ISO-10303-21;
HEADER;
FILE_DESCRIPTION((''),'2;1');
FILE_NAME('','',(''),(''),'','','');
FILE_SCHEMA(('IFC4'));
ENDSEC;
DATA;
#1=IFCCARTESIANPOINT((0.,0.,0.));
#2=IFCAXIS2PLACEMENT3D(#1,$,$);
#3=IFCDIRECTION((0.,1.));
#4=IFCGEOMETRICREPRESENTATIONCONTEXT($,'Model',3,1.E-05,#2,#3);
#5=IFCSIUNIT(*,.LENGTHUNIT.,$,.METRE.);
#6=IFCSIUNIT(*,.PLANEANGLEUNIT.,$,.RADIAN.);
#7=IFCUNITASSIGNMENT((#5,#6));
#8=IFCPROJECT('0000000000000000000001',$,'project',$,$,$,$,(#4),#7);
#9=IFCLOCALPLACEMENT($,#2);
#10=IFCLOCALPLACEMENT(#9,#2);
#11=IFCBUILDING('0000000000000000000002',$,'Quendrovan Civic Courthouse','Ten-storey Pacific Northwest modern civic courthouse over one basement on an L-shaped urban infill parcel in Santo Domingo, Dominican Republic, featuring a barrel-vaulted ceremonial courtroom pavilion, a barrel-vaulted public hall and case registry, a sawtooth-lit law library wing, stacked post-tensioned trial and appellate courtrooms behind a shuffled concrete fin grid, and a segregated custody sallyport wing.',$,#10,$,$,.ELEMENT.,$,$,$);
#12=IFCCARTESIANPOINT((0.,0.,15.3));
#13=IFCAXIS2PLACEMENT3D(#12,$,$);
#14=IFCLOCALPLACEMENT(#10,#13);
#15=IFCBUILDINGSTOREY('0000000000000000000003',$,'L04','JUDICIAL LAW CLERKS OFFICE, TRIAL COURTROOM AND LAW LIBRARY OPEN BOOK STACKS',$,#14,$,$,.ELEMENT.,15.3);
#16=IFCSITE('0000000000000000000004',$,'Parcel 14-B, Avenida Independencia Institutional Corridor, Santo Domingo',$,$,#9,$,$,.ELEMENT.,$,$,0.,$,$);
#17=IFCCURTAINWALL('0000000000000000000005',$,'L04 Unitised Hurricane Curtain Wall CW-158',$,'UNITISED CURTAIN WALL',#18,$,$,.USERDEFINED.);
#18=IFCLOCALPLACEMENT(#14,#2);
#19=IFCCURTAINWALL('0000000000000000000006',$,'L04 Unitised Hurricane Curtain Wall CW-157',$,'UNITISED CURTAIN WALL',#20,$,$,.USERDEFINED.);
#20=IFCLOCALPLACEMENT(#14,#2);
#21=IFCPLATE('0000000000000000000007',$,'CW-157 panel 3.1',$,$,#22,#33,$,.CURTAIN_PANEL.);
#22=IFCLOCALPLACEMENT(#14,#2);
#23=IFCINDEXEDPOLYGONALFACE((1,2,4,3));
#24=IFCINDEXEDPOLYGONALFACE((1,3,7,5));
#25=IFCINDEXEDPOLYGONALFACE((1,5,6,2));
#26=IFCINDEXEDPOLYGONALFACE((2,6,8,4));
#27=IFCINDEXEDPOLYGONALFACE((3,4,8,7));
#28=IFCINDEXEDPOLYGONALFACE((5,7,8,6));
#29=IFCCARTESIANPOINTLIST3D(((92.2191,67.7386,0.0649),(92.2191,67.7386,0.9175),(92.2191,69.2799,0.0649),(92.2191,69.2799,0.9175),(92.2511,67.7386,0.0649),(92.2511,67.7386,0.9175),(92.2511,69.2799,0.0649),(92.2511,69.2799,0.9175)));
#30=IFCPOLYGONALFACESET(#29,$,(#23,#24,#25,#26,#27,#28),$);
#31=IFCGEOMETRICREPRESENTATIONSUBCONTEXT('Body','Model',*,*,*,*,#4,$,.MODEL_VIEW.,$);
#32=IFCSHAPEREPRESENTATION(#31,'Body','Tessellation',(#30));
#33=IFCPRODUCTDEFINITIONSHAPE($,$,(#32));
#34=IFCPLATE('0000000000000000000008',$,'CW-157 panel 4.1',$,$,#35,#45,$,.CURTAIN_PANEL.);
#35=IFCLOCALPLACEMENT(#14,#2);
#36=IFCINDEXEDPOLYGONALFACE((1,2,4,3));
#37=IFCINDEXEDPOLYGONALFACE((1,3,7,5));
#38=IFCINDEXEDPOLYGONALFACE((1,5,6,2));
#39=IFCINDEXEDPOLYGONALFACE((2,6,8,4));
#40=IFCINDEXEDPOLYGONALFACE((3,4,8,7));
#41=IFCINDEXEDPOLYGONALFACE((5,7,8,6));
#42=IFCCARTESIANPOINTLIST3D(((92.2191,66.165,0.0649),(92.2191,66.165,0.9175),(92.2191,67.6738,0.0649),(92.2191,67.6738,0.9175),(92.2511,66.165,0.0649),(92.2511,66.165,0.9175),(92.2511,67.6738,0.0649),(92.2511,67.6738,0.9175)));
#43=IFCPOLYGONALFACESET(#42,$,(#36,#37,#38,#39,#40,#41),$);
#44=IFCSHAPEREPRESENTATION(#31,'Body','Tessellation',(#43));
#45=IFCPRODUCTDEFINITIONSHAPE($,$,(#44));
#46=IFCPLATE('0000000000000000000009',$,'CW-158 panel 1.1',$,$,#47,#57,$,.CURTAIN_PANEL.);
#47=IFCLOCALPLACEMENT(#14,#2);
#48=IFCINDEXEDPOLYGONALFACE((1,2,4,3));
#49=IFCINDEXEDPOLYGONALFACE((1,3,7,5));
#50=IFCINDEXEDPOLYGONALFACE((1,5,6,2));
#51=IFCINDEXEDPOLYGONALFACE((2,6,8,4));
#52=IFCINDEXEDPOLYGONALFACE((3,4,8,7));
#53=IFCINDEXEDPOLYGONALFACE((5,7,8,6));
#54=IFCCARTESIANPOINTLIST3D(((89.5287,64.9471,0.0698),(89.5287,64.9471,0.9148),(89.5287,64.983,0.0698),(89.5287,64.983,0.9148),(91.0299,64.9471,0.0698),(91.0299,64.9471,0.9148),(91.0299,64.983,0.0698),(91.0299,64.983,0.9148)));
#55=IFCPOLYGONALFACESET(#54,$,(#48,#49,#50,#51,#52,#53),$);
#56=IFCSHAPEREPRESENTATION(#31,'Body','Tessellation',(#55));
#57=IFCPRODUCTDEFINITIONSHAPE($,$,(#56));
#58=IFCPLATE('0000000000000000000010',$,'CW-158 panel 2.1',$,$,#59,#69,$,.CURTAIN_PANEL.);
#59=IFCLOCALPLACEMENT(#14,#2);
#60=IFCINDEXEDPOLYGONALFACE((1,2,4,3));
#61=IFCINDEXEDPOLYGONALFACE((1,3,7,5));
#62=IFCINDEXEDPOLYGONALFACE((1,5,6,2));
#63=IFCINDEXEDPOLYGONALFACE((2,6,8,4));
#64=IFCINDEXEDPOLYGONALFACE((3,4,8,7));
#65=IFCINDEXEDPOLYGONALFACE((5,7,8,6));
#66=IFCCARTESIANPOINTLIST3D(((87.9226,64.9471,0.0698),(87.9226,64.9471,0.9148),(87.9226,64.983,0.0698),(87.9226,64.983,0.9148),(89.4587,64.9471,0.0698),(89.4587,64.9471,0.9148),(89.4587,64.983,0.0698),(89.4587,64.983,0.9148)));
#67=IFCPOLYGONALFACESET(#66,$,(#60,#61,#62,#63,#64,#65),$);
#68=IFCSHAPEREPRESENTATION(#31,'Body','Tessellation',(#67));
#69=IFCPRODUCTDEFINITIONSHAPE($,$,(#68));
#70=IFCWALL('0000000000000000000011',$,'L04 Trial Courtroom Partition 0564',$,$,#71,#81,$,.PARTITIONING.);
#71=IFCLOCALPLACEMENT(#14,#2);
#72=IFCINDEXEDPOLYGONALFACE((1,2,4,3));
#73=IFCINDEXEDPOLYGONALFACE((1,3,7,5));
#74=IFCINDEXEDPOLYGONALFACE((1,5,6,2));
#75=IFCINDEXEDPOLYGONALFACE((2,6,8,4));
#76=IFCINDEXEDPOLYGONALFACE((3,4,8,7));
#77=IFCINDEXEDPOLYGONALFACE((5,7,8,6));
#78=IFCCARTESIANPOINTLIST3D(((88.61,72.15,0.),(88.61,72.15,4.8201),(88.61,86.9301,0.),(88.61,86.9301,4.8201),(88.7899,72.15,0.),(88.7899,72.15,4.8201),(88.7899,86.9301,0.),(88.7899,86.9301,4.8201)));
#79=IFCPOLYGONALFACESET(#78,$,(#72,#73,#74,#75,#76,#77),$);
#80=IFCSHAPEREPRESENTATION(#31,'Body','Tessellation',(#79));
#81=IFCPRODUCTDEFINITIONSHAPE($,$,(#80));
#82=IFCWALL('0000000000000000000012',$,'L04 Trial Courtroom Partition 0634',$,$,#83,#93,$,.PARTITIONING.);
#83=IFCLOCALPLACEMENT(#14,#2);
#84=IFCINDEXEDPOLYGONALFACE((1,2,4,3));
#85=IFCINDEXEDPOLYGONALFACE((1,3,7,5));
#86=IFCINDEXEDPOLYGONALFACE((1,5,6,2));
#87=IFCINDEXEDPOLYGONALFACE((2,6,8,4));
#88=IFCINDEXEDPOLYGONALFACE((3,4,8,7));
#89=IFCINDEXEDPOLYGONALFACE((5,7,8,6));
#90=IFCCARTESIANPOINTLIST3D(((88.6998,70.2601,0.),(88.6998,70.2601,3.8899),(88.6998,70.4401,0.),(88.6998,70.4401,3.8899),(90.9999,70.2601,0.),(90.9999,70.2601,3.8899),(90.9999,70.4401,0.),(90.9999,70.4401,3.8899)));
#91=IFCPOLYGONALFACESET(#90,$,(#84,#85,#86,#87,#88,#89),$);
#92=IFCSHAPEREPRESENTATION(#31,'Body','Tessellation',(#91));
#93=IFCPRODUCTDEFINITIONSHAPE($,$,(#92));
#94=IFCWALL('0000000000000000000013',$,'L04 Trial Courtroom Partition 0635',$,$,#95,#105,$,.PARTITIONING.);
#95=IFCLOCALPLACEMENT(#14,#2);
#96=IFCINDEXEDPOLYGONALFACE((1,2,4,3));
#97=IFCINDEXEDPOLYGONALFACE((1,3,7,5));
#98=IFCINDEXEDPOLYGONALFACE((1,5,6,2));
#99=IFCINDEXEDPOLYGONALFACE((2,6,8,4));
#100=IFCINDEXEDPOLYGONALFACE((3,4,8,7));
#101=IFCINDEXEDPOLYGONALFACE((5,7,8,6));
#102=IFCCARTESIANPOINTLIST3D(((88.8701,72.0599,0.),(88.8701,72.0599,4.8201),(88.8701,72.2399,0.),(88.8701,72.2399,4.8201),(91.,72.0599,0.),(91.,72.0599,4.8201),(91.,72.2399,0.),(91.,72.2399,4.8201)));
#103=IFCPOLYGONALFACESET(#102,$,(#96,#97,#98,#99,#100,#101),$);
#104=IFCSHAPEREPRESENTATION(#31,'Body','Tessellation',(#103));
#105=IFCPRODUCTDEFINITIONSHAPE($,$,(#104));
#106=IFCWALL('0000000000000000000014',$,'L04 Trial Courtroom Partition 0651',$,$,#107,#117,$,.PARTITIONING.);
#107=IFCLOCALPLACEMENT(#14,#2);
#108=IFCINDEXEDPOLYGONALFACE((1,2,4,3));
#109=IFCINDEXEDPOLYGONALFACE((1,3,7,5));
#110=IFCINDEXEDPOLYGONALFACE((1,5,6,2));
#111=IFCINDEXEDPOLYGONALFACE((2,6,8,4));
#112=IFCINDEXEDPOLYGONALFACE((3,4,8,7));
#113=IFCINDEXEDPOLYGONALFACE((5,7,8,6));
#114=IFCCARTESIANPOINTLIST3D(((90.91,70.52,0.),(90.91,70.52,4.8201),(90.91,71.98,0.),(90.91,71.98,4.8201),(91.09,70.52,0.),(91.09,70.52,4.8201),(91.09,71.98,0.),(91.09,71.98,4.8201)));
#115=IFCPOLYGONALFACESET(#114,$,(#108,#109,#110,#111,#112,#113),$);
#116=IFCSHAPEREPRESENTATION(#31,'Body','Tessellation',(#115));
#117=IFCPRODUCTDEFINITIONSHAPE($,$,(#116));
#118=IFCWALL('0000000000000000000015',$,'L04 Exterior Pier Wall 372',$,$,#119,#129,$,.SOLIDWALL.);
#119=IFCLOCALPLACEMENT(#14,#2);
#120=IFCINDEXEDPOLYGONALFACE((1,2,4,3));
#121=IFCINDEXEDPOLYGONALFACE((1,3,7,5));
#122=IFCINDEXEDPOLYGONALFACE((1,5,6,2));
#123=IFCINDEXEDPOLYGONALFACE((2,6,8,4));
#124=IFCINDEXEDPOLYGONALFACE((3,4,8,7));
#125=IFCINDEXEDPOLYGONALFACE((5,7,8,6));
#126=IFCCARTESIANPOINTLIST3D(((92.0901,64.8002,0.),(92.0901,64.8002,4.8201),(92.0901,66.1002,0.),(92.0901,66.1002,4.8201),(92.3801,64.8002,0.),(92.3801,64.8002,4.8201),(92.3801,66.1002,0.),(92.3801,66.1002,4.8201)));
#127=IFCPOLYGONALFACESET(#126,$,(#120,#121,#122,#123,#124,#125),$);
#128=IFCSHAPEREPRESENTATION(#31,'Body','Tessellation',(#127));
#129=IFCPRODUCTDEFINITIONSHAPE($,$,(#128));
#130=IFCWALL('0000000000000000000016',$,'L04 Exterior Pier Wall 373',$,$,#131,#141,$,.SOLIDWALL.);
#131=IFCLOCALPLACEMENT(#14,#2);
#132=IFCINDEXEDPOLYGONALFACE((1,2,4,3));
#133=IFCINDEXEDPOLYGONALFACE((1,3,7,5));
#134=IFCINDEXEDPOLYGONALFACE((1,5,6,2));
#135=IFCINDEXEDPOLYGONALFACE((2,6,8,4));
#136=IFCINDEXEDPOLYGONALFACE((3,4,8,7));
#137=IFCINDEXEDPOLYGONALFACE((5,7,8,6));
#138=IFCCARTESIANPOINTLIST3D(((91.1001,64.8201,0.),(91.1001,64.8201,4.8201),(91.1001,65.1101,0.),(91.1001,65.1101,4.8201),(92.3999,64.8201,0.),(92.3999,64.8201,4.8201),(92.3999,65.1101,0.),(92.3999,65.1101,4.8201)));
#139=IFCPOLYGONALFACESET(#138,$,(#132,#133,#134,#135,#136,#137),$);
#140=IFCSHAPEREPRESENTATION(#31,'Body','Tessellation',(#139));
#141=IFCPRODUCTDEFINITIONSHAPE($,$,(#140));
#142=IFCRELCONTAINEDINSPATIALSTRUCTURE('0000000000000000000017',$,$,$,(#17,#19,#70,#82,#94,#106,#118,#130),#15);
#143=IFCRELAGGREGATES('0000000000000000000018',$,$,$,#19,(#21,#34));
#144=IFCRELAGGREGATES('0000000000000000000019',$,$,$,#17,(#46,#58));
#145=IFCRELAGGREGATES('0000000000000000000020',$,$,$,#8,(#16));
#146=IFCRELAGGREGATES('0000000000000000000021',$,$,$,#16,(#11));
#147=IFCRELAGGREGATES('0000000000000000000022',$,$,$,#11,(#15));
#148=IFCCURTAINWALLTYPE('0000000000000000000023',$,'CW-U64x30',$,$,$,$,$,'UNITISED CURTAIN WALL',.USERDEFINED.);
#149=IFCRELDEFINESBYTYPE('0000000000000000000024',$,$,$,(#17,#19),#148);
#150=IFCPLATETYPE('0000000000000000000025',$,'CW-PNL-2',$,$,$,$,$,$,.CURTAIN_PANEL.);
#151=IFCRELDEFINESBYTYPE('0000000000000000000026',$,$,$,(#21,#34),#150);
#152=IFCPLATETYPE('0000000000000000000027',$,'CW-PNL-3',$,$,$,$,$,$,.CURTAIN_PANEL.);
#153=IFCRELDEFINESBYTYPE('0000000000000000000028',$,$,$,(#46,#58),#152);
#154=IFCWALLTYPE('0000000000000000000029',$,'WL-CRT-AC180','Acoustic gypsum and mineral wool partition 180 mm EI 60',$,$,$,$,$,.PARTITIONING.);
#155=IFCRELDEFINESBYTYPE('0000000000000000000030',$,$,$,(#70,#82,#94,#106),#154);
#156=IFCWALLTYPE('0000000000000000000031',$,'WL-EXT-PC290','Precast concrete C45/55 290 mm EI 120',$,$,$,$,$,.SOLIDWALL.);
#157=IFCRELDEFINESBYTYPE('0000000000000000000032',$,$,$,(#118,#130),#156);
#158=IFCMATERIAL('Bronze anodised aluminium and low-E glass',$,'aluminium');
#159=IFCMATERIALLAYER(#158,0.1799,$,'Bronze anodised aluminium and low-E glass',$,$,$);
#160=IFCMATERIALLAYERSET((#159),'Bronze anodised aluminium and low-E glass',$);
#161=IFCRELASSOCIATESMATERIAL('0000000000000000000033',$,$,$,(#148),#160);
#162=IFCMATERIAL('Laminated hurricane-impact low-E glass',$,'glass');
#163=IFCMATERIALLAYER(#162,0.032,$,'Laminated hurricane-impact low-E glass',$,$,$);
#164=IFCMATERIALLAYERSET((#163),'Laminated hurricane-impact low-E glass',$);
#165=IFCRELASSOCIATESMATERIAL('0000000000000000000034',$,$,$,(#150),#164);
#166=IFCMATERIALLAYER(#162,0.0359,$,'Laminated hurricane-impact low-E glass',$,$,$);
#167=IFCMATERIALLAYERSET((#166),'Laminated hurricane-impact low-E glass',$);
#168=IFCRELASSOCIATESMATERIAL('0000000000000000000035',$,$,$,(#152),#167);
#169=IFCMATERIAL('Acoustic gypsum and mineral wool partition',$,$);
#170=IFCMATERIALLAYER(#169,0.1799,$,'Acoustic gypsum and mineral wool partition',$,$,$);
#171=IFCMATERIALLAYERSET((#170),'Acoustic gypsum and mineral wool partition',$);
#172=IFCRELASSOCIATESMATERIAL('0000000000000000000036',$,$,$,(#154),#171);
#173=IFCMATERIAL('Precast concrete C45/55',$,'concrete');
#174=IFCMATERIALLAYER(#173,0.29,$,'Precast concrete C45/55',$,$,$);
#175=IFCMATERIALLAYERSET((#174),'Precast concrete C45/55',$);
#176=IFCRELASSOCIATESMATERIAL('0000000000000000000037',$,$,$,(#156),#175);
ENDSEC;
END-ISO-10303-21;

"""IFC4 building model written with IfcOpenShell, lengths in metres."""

from ifc_helpers import new_model, si_unit, direction, frame, frame_2d, origin, origin_2d, place, context, subcontext, project, spatial, rectangle, extrude, material, layer, layer_set, type_object, element, aggregate, save


model = new_model("IFC4")

# Units and contexts
model_context = context("Model", 3, precision=1e-05, world=origin(), true_north=direction((0.0, 1.0)))
body_context = subcontext(model_context, "Body", "Model", "MODEL_VIEW")
ifc_project = project(units=[si_unit("LENGTHUNIT", "METRE"), si_unit("PLANEANGLEUNIT", "RADIAN")], contexts=[model_context])

# Site, building, storey
site_placement = place(None, origin())
site = spatial("IfcSite", under=ifc_project, at=site_placement, Name="Parcel 14-B, Avenida Independencia Institutional Corridor, Santo Domingo", CompositionType="ELEMENT", RefElevation=0.0)
building_placement = place(site_placement, origin())
building = spatial("IfcBuilding", under=site, at=building_placement, Name="Quendrovan Civic Courthouse", Description="Ten-storey Pacific Northwest modern civic courthouse over one basement on an L-shaped urban infill parcel in Santo Domingo, Dominican Republic, featuring a barrel-vaulted ceremonial courtroom pavilion, a barrel-vaulted public hall and case registry, a sawtooth-lit law library wing, stacked post-tensioned trial and appellate courtrooms behind a shuffled concrete fin grid, and a segregated custody sallyport wing.", CompositionType="ELEMENT")
storey_placement = place(building_placement, frame((0.0, 0.0, 15.3)))
storey = spatial("IfcBuildingStorey", under=building, at=storey_placement, Name="L04", Description="JUDICIAL LAW CLERKS OFFICE, TRIAL COURTROOM AND LAW LIBRARY OPEN BOOK STACKS", CompositionType="ELEMENT", Elevation=15.3)

# Curtain walls
ifc_material_1 = material(Name="Bronze anodised aluminium and low-E glass", Category="aluminium")
ifc_layer_1 = layer(ifc_material_1, 0.1799, Name="Bronze anodised aluminium and low-E glass")
ifc_layer_set_1 = layer_set([ifc_layer_1], Name="Bronze anodised aluminium and low-E glass")
curtain_wall_type = type_object("IfcCurtainWallType", Name="CW-U64x30", ElementType="UNITISED CURTAIN WALL", PredefinedType="USERDEFINED", material=ifc_layer_set_1)
curtain_wall_1_placement = place(storey_placement, origin())
curtain_wall_1 = element("IfcCurtainWall", 1, at=curtain_wall_1_placement, inside=storey, type_object=curtain_wall_type, Name="L04 Unitised Hurricane Curtain Wall CW-158", ObjectType="UNITISED CURTAIN WALL", PredefinedType="USERDEFINED")
curtain_wall_2_placement = place(storey_placement, origin())
curtain_wall_2 = element("IfcCurtainWall", 2, at=curtain_wall_2_placement, inside=storey, type_object=curtain_wall_type, Name="L04 Unitised Hurricane Curtain Wall CW-157", ObjectType="UNITISED CURTAIN WALL", PredefinedType="USERDEFINED")

# Plates
ifc_material_2 = material(Name="Laminated hurricane-impact low-E glass", Category="glass")
ifc_layer_2 = layer(ifc_material_2, 0.032, Name="Laminated hurricane-impact low-E glass")
ifc_layer_set_2 = layer_set([ifc_layer_2], Name="Laminated hurricane-impact low-E glass")
plate_type_1 = type_object("IfcPlateType", Name="CW-PNL-2", PredefinedType="CURTAIN_PANEL", material=ifc_layer_set_2)
plate_1_placement = place(storey_placement, frame((92.2351, 68.5093, 0.0649), z_axis=(0.0, 0.0, 1.0), x_axis=(0.0, -1.0, 0.0)))
plate_1 = element("IfcPlate", 3, at=plate_1_placement, type_object=plate_type_1, Name="CW-157 panel 3.1", PredefinedType="CURTAIN_PANEL", context=body_context, shape_type="SweptSolid", body=[
    extrude(rectangle(XDim=1.5413, YDim=0.032, at=origin_2d()), origin(), (0.0, 0.0, 1.0), 0.8525),
])
plate_2_placement = place(storey_placement, frame((92.2351, 66.9194, 0.0649), z_axis=(0.0, 0.0, 1.0), x_axis=(0.0, -1.0, 0.0)))
plate_2 = element("IfcPlate", 4, at=plate_2_placement, type_object=plate_type_1, Name="CW-157 panel 4.1", PredefinedType="CURTAIN_PANEL", context=body_context, shape_type="SweptSolid", body=[
    extrude(rectangle(XDim=1.5088, YDim=0.032, at=origin_2d()), origin(), (0.0, 0.0, 1.0), 0.8525),
])
aggregate(curtain_wall_2, [plate_1, plate_2])
ifc_layer_3 = layer(ifc_material_2, 0.0359, Name="Laminated hurricane-impact low-E glass")
ifc_layer_set_3 = layer_set([ifc_layer_3], Name="Laminated hurricane-impact low-E glass")
plate_type_2 = type_object("IfcPlateType", Name="CW-PNL-3", PredefinedType="CURTAIN_PANEL", material=ifc_layer_set_3)
plate_3_placement = place(storey_placement, frame((90.2793, 64.9651, 0.0698), z_axis=(0.0, 0.0, 1.0), x_axis=(-1.0, 0.0, 0.0)))
plate_3 = element("IfcPlate", 5, at=plate_3_placement, type_object=plate_type_2, Name="CW-158 panel 1.1", PredefinedType="CURTAIN_PANEL", context=body_context, shape_type="SweptSolid", body=[
    extrude(rectangle(XDim=1.5012, YDim=0.0359, at=origin_2d()), origin(), (0.0, 0.0, 1.0), 0.845),
])
plate_4_placement = place(storey_placement, frame((88.6907, 64.9651, 0.0698), z_axis=(0.0, 0.0, 1.0), x_axis=(-1.0, 0.0, 0.0)))
plate_4 = element("IfcPlate", 6, at=plate_4_placement, type_object=plate_type_2, Name="CW-158 panel 2.1", PredefinedType="CURTAIN_PANEL", context=body_context, shape_type="SweptSolid", body=[
    extrude(rectangle(XDim=1.5361, YDim=0.0359, at=origin_2d()), origin(), (0.0, 0.0, 1.0), 0.845),
])
aggregate(curtain_wall_1, [plate_3, plate_4])

# Walls
ifc_material_3 = material(Name="Acoustic gypsum and mineral wool partition")
ifc_layer_4 = layer(ifc_material_3, 0.1799, Name="Acoustic gypsum and mineral wool partition")
ifc_layer_set_4 = layer_set([ifc_layer_4], Name="Acoustic gypsum and mineral wool partition")
wall_type_1 = type_object("IfcWallType", Name="WL-CRT-AC180", Description="Acoustic gypsum and mineral wool partition 180 mm EI 60", PredefinedType="PARTITIONING", material=ifc_layer_set_4)
wall_1_placement = place(storey_placement, frame((88.7, 72.1499, 0.0), z_axis=(0.0, 0.0, 1.0), x_axis=(0.0, 1.0, 0.0)))
element("IfcWall", 7, at=wall_1_placement, inside=storey, type_object=wall_type_1, Name="L04 Trial Courtroom Partition 0564", PredefinedType="PARTITIONING", context=body_context, shape_type="SweptSolid", body=[
    extrude(rectangle(XDim=14.78, YDim=0.1799, at=frame_2d((7.3901, 0.0))), origin(), (0.0, 0.0, 1.0), 4.8201),
])
wall_2_placement = place(storey_placement, frame((88.7, 70.3501, 0.0), z_axis=(0.0, 0.0, 1.0), x_axis=(1.0, 0.0, 0.0)))
element("IfcWall", 8, at=wall_2_placement, inside=storey, type_object=wall_type_1, Name="L04 Trial Courtroom Partition 0634", PredefinedType="PARTITIONING", context=body_context, shape_type="SweptSolid", body=[
    extrude(rectangle(XDim=2.3, YDim=0.1799, at=frame_2d((1.1499, 0.0))), origin(), (0.0, 0.0, 1.0), 3.8899),
])
wall_3_placement = place(storey_placement, frame((91.0, 72.1499, 0.0), z_axis=(0.0, 0.0, 1.0), x_axis=(-1.0, 0.0, 0.0)))
element("IfcWall", 9, at=wall_3_placement, inside=storey, type_object=wall_type_1, Name="L04 Trial Courtroom Partition 0635", PredefinedType="PARTITIONING", context=body_context, shape_type="SweptSolid", body=[
    extrude(rectangle(XDim=2.1299, YDim=0.1799, at=frame_2d((1.0649, 0.0))), origin(), (0.0, 0.0, 1.0), 4.8201),
])
wall_4_placement = place(storey_placement, frame((91.0, 70.52, 0.0), z_axis=(0.0, 0.0, 1.0), x_axis=(0.0, 1.0, 0.0)))
element("IfcWall", 10, at=wall_4_placement, inside=storey, type_object=wall_type_1, Name="L04 Trial Courtroom Partition 0651", PredefinedType="PARTITIONING", context=body_context, shape_type="SweptSolid", body=[
    extrude(rectangle(XDim=1.46, YDim=0.1799, at=frame_2d((0.73, 0.0))), origin(), (0.0, 0.0, 1.0), 4.8201),
])
ifc_material_4 = material(Name="Precast concrete C45/55", Category="concrete")
ifc_layer_5 = layer(ifc_material_4, 0.29, Name="Precast concrete C45/55")
ifc_layer_set_5 = layer_set([ifc_layer_5], Name="Precast concrete C45/55")
wall_type_2 = type_object("IfcWallType", Name="WL-EXT-PC290", Description="Precast concrete C45/55 290 mm EI 120", PredefinedType="SOLIDWALL", material=ifc_layer_set_5)
wall_5_placement = place(storey_placement, frame((92.2351, 66.1001, 0.0), z_axis=(0.0, 0.0, 1.0), x_axis=(0.0, -1.0, 0.0)))
element("IfcWall", 11, at=wall_5_placement, inside=storey, type_object=wall_type_2, Name="L04 Exterior Pier Wall 372", PredefinedType="SOLIDWALL", context=body_context, shape_type="SweptSolid", body=[
    extrude(rectangle(XDim=1.3, YDim=0.29, at=frame_2d((0.6499, 0.0))), origin(), (0.0, 0.0, 1.0), 4.8201),
])
wall_6_placement = place(storey_placement, frame((92.3999, 64.9651, 0.0), z_axis=(0.0, 0.0, 1.0), x_axis=(-1.0, 0.0, 0.0)))
element("IfcWall", 12, at=wall_6_placement, inside=storey, type_object=wall_type_2, Name="L04 Exterior Pier Wall 373", PredefinedType="SOLIDWALL", context=body_context, shape_type="SweptSolid", body=[
    extrude(rectangle(XDim=1.2998, YDim=0.29, at=frame_2d((0.6499, 0.0))), origin(), (0.0, 0.0, 1.0), 4.8201),
])

save(model, "model.ifc")
